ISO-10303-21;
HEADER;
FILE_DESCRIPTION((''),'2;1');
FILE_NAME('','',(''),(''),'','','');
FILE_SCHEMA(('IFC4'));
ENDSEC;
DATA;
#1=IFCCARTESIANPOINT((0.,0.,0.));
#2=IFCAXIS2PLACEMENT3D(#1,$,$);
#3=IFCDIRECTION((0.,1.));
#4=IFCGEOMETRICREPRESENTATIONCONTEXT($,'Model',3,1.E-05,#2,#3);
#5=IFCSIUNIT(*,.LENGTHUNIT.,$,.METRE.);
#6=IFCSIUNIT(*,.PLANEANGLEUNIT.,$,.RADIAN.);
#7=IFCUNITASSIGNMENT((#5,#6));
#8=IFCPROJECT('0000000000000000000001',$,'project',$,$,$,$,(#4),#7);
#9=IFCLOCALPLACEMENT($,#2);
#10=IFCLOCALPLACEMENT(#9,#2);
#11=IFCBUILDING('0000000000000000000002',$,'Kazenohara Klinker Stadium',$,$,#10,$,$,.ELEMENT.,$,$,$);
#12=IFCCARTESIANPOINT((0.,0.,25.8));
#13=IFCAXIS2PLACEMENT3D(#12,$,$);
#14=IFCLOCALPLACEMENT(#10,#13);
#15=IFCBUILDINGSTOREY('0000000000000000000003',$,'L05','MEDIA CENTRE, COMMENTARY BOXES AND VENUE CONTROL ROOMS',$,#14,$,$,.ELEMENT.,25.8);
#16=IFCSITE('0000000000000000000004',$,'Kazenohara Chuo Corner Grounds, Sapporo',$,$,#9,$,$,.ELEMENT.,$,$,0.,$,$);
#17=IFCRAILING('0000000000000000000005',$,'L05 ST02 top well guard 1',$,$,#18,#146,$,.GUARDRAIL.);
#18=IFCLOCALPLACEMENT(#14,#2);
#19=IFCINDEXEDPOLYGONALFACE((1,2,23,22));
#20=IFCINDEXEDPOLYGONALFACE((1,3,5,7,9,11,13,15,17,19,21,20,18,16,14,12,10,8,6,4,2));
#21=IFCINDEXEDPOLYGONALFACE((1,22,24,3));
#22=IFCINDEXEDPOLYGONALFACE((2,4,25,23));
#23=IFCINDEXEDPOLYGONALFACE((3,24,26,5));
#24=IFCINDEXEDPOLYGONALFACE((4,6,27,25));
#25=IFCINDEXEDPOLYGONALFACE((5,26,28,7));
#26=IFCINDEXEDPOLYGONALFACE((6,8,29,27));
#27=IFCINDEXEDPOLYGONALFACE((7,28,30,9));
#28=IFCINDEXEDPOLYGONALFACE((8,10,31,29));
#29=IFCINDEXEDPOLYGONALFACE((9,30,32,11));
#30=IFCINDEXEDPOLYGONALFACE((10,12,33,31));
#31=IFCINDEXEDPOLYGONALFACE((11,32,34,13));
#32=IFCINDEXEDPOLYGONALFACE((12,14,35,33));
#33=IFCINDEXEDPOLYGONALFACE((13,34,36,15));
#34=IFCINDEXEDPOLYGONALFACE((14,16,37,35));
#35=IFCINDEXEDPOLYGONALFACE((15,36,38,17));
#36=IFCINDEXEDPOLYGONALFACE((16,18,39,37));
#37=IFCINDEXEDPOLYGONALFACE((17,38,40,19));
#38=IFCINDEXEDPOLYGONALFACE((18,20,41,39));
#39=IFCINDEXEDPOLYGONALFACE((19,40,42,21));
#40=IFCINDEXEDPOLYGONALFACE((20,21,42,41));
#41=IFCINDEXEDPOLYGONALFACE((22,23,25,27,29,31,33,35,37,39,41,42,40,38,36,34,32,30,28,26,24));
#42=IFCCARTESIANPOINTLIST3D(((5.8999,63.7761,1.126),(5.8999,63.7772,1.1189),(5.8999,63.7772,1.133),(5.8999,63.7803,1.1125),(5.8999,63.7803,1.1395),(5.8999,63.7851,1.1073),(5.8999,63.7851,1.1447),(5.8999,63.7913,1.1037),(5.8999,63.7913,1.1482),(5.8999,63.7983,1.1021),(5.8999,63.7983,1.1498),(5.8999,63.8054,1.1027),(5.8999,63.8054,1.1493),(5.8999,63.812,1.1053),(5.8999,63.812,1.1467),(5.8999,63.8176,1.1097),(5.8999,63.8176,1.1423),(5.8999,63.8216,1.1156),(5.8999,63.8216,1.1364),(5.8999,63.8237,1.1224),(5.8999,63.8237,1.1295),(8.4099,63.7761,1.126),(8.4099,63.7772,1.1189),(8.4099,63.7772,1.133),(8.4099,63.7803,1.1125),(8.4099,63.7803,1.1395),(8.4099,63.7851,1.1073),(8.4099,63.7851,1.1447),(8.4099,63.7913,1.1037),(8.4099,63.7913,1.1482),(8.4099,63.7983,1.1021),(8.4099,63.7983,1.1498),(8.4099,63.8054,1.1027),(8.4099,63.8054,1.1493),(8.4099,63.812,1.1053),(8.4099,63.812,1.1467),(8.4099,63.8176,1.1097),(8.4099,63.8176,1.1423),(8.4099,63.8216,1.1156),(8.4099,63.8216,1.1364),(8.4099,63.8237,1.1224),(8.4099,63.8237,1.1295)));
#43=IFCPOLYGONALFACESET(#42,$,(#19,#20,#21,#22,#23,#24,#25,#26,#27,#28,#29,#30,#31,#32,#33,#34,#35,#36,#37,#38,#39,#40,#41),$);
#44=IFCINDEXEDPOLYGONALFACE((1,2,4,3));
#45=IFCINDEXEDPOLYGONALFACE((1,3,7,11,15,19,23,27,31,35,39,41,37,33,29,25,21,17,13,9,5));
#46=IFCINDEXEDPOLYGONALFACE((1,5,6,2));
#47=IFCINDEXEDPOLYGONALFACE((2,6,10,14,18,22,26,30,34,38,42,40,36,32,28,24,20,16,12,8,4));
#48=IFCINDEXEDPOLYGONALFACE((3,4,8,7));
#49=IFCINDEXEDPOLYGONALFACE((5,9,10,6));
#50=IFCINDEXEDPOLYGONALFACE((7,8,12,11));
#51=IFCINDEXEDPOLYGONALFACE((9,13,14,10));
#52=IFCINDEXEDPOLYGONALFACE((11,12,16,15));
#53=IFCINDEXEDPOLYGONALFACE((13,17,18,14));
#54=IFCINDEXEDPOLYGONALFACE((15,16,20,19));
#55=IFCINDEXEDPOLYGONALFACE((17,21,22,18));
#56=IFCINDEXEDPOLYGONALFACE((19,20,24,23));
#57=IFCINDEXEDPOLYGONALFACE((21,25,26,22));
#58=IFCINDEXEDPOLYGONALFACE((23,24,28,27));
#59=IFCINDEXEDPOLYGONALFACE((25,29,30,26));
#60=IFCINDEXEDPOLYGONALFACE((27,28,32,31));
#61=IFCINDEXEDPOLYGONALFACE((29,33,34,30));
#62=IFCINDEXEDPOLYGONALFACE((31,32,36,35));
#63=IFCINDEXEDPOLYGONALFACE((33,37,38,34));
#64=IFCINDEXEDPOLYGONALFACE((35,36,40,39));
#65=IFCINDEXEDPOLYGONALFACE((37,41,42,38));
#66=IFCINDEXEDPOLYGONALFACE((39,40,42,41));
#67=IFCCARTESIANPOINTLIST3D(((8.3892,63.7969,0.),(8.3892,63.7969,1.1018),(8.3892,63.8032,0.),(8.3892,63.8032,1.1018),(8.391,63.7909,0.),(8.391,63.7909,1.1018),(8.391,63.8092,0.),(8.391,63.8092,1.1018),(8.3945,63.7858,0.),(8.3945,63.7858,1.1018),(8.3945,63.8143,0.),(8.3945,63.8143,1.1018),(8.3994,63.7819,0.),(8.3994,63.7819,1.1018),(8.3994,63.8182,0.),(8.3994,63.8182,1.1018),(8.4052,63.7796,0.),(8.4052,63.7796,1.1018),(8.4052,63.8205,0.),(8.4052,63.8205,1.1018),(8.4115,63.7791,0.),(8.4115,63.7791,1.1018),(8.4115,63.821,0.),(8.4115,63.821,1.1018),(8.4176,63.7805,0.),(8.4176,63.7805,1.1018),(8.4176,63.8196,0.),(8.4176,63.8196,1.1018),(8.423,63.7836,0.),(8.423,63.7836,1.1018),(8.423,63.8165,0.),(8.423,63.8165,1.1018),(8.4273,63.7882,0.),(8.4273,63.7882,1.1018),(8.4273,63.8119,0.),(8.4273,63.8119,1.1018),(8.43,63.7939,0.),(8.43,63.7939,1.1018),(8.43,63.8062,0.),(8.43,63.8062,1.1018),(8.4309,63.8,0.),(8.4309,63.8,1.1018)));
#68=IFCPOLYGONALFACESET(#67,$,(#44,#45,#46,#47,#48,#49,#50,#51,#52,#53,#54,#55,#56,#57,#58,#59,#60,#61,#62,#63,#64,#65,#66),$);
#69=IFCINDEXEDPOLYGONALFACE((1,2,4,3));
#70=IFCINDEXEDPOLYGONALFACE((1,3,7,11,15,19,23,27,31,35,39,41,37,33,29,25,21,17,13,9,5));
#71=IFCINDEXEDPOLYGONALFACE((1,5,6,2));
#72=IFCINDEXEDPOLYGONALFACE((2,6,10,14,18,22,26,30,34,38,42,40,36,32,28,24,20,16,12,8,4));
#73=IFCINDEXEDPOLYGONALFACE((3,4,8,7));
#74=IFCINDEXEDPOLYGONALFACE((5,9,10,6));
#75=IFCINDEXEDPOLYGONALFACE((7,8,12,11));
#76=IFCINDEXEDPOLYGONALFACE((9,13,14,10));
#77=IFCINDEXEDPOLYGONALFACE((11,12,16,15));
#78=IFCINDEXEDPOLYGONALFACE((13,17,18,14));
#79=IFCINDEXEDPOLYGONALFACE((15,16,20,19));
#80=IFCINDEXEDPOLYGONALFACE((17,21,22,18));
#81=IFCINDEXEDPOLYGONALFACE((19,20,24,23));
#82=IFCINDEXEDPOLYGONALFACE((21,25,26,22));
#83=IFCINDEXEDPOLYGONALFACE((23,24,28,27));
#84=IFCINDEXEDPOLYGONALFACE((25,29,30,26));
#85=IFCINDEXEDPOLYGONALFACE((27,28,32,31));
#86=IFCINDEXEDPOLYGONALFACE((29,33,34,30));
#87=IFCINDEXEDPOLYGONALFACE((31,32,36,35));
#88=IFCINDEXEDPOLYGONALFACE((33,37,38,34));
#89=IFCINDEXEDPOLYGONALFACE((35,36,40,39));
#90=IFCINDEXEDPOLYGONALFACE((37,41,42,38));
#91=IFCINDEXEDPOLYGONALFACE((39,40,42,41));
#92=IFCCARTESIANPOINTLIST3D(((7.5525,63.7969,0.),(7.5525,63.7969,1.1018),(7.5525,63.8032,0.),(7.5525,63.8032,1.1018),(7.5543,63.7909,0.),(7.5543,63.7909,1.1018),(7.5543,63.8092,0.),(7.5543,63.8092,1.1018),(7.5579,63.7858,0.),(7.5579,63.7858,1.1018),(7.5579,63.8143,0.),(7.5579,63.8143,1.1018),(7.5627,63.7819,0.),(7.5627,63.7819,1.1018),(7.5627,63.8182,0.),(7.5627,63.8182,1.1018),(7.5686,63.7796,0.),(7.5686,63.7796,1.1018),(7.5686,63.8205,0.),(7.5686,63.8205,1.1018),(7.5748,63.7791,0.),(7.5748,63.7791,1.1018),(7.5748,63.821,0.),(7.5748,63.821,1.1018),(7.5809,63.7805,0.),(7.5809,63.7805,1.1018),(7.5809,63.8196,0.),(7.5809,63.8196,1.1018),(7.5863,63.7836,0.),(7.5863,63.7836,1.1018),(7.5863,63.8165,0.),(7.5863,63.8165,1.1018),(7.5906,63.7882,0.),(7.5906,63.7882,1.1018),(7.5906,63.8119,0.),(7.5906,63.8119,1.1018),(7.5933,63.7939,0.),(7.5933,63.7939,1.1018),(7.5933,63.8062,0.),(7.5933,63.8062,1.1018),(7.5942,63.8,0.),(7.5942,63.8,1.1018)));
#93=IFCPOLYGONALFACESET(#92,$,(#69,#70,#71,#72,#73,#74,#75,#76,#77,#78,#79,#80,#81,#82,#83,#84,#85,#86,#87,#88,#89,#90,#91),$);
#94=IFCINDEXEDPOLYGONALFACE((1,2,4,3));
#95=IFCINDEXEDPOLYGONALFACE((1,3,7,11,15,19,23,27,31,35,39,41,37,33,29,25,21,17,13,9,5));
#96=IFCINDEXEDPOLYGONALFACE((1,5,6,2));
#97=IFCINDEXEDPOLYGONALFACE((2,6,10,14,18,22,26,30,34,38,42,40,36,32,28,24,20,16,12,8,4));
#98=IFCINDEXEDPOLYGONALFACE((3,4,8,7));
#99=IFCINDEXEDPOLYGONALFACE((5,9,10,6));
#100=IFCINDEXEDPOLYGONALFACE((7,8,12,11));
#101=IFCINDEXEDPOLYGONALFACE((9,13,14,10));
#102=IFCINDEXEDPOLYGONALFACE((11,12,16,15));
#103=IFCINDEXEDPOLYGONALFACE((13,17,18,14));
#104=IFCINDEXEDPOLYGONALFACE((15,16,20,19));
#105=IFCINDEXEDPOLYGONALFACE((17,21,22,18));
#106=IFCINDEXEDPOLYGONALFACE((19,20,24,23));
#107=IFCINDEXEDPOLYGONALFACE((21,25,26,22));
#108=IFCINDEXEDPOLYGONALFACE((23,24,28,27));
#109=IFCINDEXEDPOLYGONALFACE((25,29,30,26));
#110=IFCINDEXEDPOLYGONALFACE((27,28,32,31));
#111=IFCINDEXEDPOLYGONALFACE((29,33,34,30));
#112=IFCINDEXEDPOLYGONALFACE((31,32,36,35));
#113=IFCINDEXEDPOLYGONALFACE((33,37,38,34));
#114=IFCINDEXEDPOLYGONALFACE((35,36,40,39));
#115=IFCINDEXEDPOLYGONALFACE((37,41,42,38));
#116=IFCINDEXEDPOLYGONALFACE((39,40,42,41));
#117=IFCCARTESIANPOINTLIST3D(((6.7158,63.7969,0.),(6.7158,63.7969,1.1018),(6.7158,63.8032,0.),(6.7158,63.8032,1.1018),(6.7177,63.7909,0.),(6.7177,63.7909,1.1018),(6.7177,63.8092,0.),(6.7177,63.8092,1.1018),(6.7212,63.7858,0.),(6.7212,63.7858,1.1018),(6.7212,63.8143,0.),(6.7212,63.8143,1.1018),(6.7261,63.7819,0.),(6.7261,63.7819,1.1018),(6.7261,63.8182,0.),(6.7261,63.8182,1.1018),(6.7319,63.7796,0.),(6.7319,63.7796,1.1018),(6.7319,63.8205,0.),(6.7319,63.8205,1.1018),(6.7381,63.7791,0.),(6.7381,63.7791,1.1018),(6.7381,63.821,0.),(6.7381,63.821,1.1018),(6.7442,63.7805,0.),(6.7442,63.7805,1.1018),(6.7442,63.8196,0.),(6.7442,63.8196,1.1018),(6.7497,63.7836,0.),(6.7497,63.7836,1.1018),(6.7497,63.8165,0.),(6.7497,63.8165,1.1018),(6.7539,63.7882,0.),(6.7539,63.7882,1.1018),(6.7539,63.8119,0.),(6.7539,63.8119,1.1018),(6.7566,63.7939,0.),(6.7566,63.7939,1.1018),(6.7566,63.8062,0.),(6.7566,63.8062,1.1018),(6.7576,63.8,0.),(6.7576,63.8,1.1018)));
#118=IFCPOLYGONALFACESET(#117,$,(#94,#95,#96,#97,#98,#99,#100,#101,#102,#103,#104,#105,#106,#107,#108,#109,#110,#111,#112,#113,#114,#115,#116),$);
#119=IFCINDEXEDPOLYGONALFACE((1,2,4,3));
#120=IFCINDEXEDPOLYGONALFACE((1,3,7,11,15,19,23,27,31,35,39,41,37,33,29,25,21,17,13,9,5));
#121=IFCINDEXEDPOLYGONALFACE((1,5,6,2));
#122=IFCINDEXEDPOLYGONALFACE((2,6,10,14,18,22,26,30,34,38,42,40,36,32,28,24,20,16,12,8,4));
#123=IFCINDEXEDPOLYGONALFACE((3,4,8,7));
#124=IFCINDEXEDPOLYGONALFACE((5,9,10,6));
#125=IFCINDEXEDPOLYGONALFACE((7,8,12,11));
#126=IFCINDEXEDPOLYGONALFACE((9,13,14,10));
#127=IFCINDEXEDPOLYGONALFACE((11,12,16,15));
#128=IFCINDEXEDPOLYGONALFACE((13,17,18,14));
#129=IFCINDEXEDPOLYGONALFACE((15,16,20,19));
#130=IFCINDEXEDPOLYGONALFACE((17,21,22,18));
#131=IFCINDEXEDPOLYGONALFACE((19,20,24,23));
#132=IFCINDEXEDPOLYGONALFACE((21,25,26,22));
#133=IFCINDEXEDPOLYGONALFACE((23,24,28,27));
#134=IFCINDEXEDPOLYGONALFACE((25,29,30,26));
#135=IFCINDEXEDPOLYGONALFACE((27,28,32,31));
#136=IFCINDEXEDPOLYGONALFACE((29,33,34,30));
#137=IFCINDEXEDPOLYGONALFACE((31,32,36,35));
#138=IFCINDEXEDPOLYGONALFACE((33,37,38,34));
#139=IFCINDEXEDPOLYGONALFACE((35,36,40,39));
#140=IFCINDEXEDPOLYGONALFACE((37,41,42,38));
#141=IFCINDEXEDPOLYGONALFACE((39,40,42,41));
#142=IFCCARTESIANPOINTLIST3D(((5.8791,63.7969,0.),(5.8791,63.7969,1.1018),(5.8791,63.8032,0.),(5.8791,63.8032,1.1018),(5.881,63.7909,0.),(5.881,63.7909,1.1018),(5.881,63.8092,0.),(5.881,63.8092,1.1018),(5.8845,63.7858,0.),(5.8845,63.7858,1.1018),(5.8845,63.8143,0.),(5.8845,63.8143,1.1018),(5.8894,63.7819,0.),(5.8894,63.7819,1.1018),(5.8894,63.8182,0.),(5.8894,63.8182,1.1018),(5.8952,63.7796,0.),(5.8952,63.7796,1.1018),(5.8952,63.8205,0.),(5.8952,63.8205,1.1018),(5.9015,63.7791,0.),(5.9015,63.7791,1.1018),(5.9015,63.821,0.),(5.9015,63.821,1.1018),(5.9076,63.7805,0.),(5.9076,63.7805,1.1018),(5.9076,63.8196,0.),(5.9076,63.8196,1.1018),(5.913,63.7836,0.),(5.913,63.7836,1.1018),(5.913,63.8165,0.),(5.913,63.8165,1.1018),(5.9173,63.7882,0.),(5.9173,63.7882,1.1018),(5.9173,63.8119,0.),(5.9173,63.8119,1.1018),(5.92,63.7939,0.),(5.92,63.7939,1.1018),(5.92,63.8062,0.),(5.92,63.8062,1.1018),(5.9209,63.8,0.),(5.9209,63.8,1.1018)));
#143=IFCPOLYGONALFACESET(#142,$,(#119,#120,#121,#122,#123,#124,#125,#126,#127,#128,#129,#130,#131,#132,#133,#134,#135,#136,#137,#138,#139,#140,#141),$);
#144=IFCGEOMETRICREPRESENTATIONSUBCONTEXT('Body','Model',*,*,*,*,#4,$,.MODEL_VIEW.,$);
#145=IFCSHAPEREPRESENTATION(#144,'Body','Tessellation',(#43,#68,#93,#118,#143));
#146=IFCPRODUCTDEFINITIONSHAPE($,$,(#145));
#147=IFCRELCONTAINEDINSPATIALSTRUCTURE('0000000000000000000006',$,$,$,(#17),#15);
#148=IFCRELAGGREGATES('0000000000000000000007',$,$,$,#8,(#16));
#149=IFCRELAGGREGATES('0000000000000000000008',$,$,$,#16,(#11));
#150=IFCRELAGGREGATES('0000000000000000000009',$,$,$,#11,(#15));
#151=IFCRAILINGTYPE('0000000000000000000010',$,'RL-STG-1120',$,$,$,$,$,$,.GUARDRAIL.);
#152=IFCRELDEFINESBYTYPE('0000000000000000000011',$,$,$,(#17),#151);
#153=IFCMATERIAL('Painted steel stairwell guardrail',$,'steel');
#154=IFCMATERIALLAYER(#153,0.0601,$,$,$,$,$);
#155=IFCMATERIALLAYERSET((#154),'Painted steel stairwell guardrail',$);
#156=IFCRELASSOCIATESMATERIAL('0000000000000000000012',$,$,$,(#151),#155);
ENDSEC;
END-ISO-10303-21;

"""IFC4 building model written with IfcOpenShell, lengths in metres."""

from ifc_helpers import new_model, si_unit, direction, frame, origin, origin_2d, place, context, subcontext, project, spatial, circle, extrude, material, layer, layer_set, type_object, element, save


model = new_model("IFC4")

# Units and contexts
model_context = context("Model", 3, precision=1e-05, world=origin(), true_north=direction((0.0, 1.0)))
body_context = subcontext(model_context, "Body", "Model", "MODEL_VIEW")
ifc_project = project(units=[si_unit("LENGTHUNIT", "METRE"), si_unit("PLANEANGLEUNIT", "RADIAN")], contexts=[model_context])

# Site, building, storey
site_placement = place(None, origin())
site = spatial("IfcSite", under=ifc_project, at=site_placement, Name="Kazenohara Chuo Corner Grounds, Sapporo", CompositionType="ELEMENT", RefElevation=0.0)
building_placement = place(site_placement, origin())
building = spatial("IfcBuilding", under=site, at=building_placement, Name="Kazenohara Klinker Stadium", CompositionType="ELEMENT")
storey_placement = place(building_placement, frame((0.0, 0.0, 25.8)))
storey = spatial("IfcBuildingStorey", under=building, at=storey_placement, Name="L05", Description="MEDIA CENTRE, COMMENTARY BOXES AND VENUE CONTROL ROOMS", CompositionType="ELEMENT", Elevation=25.8)

# Railing
ifc_material_1 = material(Name="Painted steel stairwell guardrail", Category="steel")
ifc_layer_1 = layer(ifc_material_1, 0.0601)
ifc_layer_set_1 = layer_set([ifc_layer_1], Name="Painted steel stairwell guardrail")
railing_type = type_object("IfcRailingType", Name="RL-STG-1120", PredefinedType="GUARDRAIL", material=ifc_layer_set_1)
railing_placement = place(storey_placement, frame((8.4099, 63.8, 0.0)))
element("IfcRailing", 1, at=railing_placement, inside=storey, type_object=railing_type, Name="L05 ST02 top well guard 1", PredefinedType="GUARDRAIL", context=body_context, shape_type="SweptSolid", body=[
    extrude(circle(Radius=0.0239, at=origin_2d()), frame((0.0, 0.0, 1.126), z_axis=(-1.0, 0.0, 0.0), x_axis=(0.0, -1.0, 0.0)), (0.0, 0.0, 1.0), 2.51),
    extrude(circle(Radius=0.021, at=origin_2d()), origin(), (0.0, 0.0, 1.0), 1.1018),
    extrude(circle(Radius=0.021, at=origin_2d()), frame((-0.8367, 0.0, 0.0)), (0.0, 0.0, 1.0), 1.1018),
    extrude(circle(Radius=0.021, at=origin_2d()), frame((-1.6733, 0.0, 0.0)), (0.0, 0.0, 1.0), 1.1018),
    extrude(circle(Radius=0.021, at=origin_2d()), frame((-2.51, 0.0, 0.0)), (0.0, 0.0, 1.0), 1.1018),
])

save(model, "model.ifc")
